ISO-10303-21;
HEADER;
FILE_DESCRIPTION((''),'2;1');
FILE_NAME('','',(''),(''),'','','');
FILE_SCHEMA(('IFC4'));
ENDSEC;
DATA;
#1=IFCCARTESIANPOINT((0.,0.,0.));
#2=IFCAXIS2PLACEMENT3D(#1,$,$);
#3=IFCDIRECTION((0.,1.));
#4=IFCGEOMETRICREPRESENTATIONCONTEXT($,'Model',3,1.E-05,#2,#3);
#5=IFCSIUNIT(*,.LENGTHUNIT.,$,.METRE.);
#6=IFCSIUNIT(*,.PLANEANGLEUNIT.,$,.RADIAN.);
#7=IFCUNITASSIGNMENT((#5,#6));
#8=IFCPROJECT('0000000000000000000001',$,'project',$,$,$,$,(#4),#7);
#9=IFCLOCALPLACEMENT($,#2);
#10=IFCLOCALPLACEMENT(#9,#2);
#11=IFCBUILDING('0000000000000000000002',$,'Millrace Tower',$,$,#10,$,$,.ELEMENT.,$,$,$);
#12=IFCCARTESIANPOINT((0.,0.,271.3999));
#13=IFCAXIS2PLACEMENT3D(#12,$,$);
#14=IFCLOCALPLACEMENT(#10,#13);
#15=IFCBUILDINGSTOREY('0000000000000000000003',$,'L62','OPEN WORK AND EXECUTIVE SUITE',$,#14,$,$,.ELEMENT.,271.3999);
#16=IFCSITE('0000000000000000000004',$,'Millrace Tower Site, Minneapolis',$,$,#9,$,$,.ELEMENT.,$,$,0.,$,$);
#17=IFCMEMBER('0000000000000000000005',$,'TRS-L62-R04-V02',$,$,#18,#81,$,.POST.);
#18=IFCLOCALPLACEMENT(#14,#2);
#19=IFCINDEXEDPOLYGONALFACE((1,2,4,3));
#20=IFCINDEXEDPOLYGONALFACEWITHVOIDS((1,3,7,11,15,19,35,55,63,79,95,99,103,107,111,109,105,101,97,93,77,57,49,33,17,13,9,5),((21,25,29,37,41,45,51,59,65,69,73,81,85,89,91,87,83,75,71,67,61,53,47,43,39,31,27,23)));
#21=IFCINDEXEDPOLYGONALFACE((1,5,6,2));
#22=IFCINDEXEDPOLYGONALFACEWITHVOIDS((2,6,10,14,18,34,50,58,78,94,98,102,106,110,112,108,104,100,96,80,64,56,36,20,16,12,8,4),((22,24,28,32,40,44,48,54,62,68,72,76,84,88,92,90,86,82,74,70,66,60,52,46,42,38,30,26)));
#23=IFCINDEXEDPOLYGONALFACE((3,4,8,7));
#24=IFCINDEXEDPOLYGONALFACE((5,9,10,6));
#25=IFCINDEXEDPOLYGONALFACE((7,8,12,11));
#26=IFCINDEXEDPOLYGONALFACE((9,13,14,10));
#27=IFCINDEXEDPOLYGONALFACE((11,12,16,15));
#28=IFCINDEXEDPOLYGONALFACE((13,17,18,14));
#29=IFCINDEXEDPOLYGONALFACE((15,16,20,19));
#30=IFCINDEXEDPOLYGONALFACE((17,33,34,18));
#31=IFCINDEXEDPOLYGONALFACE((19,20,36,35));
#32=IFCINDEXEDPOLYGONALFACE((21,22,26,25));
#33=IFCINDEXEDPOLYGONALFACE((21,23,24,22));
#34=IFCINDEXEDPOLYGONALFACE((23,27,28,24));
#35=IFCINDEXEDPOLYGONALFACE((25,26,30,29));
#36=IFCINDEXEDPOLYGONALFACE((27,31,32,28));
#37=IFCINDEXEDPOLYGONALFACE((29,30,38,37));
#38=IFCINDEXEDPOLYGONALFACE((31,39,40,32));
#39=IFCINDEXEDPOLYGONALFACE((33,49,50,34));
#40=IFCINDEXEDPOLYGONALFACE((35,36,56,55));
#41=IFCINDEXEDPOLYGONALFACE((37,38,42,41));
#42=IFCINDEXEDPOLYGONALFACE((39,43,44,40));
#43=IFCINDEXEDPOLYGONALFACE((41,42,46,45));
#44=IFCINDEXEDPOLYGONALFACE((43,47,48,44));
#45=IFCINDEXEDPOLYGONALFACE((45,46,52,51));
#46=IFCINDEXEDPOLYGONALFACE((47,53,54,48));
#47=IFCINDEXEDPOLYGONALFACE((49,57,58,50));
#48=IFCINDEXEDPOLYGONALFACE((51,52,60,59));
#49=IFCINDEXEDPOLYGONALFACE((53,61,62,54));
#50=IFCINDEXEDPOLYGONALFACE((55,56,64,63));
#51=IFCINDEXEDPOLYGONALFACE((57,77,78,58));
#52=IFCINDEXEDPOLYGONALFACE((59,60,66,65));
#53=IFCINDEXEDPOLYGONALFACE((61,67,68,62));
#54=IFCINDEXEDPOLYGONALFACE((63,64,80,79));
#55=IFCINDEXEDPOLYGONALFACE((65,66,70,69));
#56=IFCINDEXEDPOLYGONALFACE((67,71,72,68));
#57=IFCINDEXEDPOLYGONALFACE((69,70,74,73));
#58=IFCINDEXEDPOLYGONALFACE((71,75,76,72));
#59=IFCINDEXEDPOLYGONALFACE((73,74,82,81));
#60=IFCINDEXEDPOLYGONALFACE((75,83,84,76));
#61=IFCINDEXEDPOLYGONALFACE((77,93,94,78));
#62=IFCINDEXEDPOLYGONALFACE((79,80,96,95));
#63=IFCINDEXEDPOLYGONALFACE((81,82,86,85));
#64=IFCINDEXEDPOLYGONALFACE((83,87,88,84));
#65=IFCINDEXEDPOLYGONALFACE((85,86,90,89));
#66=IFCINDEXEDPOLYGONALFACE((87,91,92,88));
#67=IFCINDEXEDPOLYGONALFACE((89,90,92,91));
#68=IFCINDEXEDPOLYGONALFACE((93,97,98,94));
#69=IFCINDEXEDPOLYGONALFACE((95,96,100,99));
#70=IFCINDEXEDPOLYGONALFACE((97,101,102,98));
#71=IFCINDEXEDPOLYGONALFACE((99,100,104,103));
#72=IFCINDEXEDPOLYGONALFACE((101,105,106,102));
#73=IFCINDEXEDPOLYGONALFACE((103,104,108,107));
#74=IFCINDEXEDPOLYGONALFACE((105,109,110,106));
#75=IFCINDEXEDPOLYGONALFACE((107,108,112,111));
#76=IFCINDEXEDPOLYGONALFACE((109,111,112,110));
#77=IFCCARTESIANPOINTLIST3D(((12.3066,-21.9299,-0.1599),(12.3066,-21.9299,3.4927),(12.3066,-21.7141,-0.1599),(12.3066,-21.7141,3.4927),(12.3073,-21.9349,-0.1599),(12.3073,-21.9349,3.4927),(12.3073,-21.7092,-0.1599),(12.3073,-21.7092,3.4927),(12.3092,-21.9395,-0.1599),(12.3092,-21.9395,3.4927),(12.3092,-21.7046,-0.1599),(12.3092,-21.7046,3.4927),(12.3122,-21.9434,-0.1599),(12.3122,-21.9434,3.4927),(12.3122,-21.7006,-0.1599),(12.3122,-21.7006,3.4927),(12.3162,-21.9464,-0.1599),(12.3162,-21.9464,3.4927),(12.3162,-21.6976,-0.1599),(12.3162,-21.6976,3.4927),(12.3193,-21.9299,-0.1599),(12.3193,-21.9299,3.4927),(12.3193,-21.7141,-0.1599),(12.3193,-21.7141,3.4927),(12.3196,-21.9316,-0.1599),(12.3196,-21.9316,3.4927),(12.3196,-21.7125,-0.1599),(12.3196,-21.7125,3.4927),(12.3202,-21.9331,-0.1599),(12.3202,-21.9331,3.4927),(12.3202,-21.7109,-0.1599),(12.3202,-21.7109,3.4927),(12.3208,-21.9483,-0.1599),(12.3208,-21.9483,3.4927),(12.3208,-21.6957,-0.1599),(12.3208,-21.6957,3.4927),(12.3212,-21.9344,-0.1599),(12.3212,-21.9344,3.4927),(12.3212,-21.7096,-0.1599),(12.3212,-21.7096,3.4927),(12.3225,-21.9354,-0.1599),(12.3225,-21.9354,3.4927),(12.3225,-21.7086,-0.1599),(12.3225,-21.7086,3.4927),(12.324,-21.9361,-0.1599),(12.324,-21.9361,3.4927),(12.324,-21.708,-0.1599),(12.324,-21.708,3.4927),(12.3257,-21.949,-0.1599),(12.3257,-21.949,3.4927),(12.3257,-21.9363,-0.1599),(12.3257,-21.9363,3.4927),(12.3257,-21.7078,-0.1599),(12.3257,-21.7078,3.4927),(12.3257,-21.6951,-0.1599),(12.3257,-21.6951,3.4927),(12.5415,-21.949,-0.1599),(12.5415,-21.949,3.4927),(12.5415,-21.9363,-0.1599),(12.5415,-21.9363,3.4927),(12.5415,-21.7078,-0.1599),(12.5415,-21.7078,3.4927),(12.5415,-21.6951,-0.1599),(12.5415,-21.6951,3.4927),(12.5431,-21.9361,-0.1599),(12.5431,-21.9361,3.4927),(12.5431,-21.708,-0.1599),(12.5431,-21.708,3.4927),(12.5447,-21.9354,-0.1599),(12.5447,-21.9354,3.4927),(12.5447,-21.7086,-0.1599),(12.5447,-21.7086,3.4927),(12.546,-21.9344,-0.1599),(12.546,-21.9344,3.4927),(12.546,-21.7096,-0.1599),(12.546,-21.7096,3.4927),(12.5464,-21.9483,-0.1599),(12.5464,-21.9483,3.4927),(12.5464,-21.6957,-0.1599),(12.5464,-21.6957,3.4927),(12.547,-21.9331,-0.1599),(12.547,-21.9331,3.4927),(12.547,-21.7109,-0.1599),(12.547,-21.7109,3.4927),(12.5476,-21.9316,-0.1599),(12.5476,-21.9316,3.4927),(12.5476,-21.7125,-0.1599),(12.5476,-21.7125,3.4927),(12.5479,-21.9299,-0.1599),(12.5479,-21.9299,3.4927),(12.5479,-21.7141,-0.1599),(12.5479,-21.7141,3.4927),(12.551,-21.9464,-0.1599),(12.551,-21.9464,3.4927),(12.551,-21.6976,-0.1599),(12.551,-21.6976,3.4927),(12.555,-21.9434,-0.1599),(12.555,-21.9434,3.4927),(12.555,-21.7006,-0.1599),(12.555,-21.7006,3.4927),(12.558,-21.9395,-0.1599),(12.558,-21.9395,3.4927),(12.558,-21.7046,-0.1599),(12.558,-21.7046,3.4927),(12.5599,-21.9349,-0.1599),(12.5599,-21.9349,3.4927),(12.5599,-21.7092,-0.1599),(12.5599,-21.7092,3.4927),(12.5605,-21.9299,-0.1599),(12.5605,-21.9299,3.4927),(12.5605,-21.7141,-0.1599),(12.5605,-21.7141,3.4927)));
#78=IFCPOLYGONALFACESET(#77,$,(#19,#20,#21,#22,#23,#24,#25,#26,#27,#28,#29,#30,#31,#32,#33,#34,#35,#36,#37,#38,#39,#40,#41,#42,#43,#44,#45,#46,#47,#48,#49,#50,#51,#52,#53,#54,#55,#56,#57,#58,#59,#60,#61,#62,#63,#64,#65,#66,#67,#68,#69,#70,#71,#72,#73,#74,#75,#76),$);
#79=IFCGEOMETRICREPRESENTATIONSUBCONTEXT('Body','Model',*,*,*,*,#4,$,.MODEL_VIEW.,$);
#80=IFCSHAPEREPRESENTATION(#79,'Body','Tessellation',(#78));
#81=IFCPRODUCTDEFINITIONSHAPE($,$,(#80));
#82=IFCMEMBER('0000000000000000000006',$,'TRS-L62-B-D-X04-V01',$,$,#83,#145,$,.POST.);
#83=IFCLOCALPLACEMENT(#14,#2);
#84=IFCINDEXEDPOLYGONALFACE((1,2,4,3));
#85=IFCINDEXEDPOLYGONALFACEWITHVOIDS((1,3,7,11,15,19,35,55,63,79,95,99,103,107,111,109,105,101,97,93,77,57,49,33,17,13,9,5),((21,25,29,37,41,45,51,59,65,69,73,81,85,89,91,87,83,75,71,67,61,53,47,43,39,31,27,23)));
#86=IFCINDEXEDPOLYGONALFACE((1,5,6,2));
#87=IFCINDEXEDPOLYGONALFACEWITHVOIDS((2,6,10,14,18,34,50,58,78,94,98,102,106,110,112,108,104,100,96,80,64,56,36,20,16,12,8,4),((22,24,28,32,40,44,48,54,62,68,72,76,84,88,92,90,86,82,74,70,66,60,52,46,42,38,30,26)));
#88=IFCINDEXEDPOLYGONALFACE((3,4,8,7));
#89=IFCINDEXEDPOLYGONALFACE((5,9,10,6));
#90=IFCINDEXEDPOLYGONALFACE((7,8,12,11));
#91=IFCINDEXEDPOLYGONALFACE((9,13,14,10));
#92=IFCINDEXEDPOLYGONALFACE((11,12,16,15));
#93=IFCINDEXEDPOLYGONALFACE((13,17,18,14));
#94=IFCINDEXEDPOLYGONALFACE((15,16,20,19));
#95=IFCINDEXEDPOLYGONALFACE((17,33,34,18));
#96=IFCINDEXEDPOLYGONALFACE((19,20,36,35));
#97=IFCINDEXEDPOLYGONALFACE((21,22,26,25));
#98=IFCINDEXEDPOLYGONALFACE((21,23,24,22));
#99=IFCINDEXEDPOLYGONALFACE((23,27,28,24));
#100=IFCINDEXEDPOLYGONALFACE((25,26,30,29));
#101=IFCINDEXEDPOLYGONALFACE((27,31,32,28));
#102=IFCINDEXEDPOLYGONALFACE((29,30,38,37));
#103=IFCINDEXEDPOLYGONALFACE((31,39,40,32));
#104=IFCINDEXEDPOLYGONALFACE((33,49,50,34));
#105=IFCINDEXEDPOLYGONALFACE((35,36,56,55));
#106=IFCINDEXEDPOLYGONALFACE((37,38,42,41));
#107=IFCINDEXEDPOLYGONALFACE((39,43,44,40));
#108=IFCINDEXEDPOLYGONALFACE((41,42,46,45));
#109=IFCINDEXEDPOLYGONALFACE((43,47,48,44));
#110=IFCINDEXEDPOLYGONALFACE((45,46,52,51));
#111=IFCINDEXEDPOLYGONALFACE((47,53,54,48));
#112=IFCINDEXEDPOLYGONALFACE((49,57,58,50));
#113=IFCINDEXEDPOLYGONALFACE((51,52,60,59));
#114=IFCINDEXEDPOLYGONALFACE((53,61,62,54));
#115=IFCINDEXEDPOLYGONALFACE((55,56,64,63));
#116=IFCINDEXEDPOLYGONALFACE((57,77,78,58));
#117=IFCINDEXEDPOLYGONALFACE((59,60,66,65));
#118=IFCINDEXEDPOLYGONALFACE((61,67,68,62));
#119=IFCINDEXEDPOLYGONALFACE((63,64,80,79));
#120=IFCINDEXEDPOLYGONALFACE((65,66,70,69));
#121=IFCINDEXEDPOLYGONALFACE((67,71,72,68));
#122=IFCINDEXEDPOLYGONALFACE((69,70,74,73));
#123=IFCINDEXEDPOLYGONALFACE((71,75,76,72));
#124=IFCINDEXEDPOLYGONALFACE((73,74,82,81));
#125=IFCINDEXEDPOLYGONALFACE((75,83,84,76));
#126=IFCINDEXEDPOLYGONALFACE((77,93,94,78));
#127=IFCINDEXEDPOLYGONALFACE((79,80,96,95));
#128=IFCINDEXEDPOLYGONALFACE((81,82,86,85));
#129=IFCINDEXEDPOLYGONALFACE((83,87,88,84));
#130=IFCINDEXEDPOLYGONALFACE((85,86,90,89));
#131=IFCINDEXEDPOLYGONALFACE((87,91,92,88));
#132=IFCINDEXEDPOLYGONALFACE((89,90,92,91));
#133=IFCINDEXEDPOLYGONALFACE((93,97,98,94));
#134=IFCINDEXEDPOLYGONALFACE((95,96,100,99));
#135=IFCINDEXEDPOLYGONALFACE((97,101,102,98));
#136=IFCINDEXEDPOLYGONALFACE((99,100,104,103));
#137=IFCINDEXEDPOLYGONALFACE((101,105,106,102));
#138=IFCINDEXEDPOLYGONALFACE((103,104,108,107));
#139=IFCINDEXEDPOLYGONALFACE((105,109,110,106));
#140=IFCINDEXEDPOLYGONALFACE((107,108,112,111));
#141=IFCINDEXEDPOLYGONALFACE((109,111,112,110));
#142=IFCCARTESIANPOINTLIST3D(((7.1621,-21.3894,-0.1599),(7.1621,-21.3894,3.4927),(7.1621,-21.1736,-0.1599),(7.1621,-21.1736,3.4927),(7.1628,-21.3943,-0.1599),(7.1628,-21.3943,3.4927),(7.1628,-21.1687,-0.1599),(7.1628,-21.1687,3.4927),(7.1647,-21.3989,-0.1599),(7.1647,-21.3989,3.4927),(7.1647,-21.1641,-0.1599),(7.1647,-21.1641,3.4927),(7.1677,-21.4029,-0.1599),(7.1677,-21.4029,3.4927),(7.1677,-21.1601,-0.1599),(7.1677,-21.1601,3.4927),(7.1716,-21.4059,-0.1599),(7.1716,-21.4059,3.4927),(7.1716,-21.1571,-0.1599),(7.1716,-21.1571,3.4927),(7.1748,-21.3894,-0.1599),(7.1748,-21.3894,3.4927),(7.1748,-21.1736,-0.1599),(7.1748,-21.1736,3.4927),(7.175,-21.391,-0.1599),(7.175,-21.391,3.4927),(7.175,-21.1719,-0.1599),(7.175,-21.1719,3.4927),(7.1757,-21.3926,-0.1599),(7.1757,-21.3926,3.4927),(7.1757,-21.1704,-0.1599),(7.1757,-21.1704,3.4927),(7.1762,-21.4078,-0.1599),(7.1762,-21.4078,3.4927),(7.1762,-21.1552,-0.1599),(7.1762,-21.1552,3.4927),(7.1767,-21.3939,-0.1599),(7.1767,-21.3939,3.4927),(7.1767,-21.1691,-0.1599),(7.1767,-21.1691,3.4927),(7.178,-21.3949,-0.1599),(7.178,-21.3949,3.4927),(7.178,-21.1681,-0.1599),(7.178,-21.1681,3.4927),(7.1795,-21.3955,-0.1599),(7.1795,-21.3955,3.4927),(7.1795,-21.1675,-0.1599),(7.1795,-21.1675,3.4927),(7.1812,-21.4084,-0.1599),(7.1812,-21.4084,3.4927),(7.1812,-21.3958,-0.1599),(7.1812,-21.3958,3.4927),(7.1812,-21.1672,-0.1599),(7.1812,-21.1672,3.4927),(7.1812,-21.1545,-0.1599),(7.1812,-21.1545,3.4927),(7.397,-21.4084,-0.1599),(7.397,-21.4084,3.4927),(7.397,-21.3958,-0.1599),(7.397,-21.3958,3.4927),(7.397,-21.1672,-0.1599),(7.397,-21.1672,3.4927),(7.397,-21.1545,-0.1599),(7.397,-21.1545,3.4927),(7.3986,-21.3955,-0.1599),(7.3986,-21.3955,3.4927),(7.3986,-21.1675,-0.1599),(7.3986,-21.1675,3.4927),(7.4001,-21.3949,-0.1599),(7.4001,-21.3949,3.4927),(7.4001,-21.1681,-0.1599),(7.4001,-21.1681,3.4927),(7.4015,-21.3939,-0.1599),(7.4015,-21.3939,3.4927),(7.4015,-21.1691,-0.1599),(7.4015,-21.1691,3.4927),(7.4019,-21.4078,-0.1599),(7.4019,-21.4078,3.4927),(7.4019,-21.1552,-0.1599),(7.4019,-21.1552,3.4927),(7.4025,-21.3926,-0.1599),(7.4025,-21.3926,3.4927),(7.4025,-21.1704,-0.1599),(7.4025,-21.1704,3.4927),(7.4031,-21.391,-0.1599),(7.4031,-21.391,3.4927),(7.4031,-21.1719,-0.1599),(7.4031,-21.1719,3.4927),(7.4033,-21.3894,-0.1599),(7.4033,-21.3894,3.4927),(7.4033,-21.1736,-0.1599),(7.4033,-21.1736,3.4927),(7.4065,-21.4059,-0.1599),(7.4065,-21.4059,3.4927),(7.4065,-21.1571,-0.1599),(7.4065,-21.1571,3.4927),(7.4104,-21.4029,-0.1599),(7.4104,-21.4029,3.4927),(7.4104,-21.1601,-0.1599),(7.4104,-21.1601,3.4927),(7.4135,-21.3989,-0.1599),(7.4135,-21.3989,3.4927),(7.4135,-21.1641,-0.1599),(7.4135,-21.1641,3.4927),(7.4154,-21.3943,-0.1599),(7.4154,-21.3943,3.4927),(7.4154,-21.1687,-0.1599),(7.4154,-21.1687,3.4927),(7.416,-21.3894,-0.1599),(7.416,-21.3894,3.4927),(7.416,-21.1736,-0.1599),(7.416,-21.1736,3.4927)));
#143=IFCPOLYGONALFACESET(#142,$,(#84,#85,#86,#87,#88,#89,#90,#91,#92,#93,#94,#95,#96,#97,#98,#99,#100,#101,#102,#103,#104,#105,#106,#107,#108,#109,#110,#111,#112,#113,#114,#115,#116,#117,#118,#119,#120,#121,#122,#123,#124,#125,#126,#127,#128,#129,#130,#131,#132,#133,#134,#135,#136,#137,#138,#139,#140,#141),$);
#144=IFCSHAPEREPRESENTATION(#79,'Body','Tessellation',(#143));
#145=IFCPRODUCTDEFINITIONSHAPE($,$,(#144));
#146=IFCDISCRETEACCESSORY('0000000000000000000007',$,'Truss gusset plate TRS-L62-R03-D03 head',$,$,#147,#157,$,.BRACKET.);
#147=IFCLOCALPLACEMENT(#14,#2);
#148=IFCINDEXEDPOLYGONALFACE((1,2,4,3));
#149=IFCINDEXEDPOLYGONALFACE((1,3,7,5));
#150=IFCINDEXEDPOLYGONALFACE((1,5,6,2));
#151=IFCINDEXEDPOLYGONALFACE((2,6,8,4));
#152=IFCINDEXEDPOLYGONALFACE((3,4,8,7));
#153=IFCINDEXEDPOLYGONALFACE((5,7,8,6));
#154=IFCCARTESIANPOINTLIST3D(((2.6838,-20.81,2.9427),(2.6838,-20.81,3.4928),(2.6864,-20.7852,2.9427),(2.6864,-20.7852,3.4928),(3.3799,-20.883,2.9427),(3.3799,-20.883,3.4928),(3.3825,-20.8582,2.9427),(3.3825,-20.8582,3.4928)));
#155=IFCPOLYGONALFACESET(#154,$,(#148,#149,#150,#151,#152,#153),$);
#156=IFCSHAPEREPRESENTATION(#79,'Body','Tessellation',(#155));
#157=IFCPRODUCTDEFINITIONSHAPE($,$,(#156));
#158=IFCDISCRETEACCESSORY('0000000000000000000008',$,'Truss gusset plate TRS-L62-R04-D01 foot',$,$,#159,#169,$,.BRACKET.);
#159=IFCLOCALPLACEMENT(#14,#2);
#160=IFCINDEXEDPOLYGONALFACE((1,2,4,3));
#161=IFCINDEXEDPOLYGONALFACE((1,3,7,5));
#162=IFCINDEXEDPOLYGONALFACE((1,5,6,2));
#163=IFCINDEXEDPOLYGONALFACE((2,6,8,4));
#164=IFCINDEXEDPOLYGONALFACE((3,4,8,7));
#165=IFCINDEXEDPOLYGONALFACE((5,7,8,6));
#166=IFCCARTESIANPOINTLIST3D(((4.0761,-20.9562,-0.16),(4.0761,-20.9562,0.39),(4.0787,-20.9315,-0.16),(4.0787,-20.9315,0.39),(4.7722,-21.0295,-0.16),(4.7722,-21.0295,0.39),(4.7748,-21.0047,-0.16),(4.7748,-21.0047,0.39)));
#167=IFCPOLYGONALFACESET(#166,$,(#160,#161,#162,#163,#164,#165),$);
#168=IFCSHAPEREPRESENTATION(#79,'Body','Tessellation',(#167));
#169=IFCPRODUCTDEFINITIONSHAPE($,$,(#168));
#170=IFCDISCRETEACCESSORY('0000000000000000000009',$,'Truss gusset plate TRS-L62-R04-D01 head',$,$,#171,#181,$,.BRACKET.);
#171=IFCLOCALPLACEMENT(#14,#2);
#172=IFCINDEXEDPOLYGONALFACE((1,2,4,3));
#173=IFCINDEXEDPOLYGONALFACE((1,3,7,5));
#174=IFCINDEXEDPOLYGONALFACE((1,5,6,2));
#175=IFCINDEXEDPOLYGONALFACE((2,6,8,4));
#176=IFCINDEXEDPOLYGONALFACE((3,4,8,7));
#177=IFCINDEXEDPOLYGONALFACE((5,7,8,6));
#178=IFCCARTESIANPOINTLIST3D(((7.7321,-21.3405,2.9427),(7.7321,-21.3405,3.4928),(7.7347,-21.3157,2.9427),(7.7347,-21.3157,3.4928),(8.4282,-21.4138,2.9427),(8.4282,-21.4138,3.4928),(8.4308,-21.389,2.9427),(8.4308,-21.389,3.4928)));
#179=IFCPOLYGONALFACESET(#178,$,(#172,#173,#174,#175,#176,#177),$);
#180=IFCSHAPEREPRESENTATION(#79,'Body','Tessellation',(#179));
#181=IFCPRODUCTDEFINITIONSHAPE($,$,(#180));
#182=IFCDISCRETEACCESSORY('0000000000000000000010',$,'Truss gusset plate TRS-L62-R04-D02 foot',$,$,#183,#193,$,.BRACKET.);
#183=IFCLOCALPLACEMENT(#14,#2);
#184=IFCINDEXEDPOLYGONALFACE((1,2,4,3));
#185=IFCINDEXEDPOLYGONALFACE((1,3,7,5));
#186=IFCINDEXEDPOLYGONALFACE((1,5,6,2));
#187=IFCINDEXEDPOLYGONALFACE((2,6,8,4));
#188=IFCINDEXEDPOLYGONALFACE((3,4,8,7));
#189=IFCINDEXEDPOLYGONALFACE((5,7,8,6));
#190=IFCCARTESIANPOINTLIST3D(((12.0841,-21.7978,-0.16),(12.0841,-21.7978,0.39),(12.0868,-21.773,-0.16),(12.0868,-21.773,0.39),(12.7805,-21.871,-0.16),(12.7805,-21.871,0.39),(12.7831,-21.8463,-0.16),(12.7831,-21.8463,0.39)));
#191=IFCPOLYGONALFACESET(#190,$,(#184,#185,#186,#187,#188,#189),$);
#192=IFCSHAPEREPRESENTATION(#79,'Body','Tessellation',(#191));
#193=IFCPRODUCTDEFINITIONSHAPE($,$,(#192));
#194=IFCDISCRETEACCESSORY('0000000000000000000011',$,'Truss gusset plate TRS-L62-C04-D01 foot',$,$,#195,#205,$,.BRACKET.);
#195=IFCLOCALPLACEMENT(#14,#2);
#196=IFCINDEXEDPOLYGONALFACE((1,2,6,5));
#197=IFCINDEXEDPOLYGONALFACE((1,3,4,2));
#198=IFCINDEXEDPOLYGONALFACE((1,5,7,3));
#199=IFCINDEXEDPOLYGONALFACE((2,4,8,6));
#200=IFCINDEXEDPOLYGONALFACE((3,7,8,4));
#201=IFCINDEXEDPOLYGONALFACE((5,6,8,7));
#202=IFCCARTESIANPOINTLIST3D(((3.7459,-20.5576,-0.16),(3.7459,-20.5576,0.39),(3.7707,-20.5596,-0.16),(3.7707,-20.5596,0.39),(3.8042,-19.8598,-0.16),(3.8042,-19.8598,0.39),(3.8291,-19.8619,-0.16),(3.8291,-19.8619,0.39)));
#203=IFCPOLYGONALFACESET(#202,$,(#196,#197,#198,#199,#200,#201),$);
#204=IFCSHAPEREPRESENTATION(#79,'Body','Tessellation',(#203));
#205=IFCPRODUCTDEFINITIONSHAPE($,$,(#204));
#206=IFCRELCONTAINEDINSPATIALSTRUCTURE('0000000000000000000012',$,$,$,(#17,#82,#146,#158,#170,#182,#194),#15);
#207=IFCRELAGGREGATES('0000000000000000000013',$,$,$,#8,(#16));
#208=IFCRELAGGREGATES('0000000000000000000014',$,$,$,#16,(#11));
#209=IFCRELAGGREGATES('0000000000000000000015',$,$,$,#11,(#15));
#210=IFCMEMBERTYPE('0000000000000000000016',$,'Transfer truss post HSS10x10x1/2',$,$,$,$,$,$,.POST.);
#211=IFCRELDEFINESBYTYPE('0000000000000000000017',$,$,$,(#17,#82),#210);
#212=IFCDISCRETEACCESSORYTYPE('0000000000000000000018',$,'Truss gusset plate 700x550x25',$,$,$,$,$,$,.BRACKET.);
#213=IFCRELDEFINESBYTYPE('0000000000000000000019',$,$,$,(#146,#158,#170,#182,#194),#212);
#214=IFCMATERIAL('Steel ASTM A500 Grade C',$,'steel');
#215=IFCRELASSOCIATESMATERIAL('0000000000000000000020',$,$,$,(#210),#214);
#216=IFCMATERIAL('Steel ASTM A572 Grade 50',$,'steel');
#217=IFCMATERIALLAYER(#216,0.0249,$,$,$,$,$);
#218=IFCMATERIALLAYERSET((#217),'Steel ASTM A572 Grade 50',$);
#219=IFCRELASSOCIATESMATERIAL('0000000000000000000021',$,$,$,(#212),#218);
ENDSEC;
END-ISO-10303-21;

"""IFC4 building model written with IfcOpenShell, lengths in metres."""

from ifc_helpers import new_model, si_unit, direction, frame, origin, origin_2d, place, context, subcontext, project, spatial, rectangle, hollow_rectangle, extrude, material, layer, layer_set, material_profile, profile_set, type_object, element, save


model = new_model("IFC4")

# Units and contexts
model_context = context("Model", 3, precision=1e-05, world=origin(), true_north=direction((0.0, 1.0)))
body_context = subcontext(model_context, "Body", "Model", "MODEL_VIEW")
ifc_project = project(units=[si_unit("LENGTHUNIT", "METRE"), si_unit("PLANEANGLEUNIT", "RADIAN")], contexts=[model_context])

# Site, building, storey
site_placement = place(None, origin())
site = spatial("IfcSite", under=ifc_project, at=site_placement, Name="Millrace Tower Site, Minneapolis", CompositionType="ELEMENT", RefElevation=0.0)
building_placement = place(site_placement, origin())
building = spatial("IfcBuilding", under=site, at=building_placement, Name="Millrace Tower", CompositionType="ELEMENT")
storey_placement = place(building_placement, frame((0.0, 0.0, 271.3999)))
storey = spatial("IfcBuildingStorey", under=building, at=storey_placement, Name="L62", Description="OPEN WORK AND EXECUTIVE SUITE", CompositionType="ELEMENT", Elevation=271.3999)

# Members
ifc_material_1 = material(Name="Steel ASTM A500 Grade C", Category="steel")
ifc_material_profile_1 = material_profile(ifc_material_1, hollow_rectangle(XDim=0.2539, YDim=0.2539, WallThickness=0.0127, InnerFilletRadius=0.0063, OuterFilletRadius=0.019, at=origin_2d()))
ifc_profile_set_1 = profile_set([ifc_material_profile_1], Name="Steel ASTM A500 Grade C")
member_type_1 = type_object("IfcMemberType", Name="Transfer truss post HSS10x10x1/2", PredefinedType="POST", material=ifc_profile_set_1)
for number, where, z_axis, x_axis, name in (
    (1, (12.4336, -21.822, -0.1599), (0.0, 0.0, 1.0), (1.0, 0.0, 0.0), "TRS-L62-R04-V02"),
    (2, (7.2891, -21.2815, -0.1599), (0.0, 0.0, 1.0), (1.0, 0.0, 0.0), "TRS-L62-B-D-X04-V01"),
):
    element("IfcMember", number, at=place(storey_placement, frame(where, z_axis=z_axis, x_axis=x_axis)), inside=storey, type_object=member_type_1, Name=name, PredefinedType="POST", context=body_context, shape_type="SweptSolid", body=[
        extrude(hollow_rectangle(XDim=0.2539, YDim=0.2539, WallThickness=0.0127, InnerFilletRadius=0.0063, OuterFilletRadius=0.019, at=origin_2d()), origin(), (0.0, 0.0, 1.0), 3.6526),
    ])

# Discrete accessories
ifc_material_2 = material(Name="Steel ASTM A572 Grade 50", Category="steel")
ifc_layer_1 = layer(ifc_material_2, 0.0249)
ifc_layer_set_1 = layer_set([ifc_layer_1], Name="Steel ASTM A572 Grade 50")
discrete_accessory_type = type_object("IfcDiscreteAccessoryType", Name="Truss gusset plate 700x550x25", PredefinedType="BRACKET", material=ifc_layer_set_1)
for number, where, z_axis, x_axis, name in (
    (3, (2.6851, -20.7976, 3.2178), (0.994546, -0.104303, 0.0), (0.104303, 0.994546, 0.0), "Truss gusset plate TRS-L62-R03-D03 head"),
    (4, (4.0774, -20.9438, 0.115), (0.994509, -0.104648, 0.0), (0.104648, 0.994509, 0.0), "Truss gusset plate TRS-L62-R04-D01 foot"),
    (5, (7.7334, -21.3281, 3.2178), (0.994509, -0.104648, 0.0), (0.104648, 0.994509, 0.0), "Truss gusset plate TRS-L62-R04-D01 head"),
):
    element("IfcDiscreteAccessory", number, at=place(storey_placement, frame(where, z_axis=z_axis, x_axis=x_axis)), inside=storey, type_object=discrete_accessory_type, Name=name, PredefinedType="BRACKET", context=body_context, shape_type="SweptSolid", body=[
        extrude(rectangle(XDim=0.0249, YDim=0.55, at=origin_2d()), origin(), (0.0, 0.0, 1.0), 0.7),
    ])
for number, where, z_axis, x_axis, name in (
    (6, (12.0854, -21.7854, 0.115), (0.994513, -0.104612, 0.0), (0.104612, 0.994513, 0.0), "Truss gusset plate TRS-L62-R04-D02 foot"),
    (7, (3.7583, -20.5586, 0.115), (0.083334, 0.996522, 0.0), (-0.996522, 0.083334, 0.0), "Truss gusset plate TRS-L62-C04-D01 foot"),
):
    element("IfcDiscreteAccessory", number, at=place(storey_placement, frame(where, z_axis=z_axis, x_axis=x_axis)), inside=storey, type_object=discrete_accessory_type, Name=name, PredefinedType="BRACKET", context=body_context, shape_type="SweptSolid", body=[
        extrude(rectangle(XDim=0.0249, YDim=0.55, at=origin_2d()), origin(), (0.0, 0.0, 1.0), 0.7002),
    ])

save(model, "model.ifc")
